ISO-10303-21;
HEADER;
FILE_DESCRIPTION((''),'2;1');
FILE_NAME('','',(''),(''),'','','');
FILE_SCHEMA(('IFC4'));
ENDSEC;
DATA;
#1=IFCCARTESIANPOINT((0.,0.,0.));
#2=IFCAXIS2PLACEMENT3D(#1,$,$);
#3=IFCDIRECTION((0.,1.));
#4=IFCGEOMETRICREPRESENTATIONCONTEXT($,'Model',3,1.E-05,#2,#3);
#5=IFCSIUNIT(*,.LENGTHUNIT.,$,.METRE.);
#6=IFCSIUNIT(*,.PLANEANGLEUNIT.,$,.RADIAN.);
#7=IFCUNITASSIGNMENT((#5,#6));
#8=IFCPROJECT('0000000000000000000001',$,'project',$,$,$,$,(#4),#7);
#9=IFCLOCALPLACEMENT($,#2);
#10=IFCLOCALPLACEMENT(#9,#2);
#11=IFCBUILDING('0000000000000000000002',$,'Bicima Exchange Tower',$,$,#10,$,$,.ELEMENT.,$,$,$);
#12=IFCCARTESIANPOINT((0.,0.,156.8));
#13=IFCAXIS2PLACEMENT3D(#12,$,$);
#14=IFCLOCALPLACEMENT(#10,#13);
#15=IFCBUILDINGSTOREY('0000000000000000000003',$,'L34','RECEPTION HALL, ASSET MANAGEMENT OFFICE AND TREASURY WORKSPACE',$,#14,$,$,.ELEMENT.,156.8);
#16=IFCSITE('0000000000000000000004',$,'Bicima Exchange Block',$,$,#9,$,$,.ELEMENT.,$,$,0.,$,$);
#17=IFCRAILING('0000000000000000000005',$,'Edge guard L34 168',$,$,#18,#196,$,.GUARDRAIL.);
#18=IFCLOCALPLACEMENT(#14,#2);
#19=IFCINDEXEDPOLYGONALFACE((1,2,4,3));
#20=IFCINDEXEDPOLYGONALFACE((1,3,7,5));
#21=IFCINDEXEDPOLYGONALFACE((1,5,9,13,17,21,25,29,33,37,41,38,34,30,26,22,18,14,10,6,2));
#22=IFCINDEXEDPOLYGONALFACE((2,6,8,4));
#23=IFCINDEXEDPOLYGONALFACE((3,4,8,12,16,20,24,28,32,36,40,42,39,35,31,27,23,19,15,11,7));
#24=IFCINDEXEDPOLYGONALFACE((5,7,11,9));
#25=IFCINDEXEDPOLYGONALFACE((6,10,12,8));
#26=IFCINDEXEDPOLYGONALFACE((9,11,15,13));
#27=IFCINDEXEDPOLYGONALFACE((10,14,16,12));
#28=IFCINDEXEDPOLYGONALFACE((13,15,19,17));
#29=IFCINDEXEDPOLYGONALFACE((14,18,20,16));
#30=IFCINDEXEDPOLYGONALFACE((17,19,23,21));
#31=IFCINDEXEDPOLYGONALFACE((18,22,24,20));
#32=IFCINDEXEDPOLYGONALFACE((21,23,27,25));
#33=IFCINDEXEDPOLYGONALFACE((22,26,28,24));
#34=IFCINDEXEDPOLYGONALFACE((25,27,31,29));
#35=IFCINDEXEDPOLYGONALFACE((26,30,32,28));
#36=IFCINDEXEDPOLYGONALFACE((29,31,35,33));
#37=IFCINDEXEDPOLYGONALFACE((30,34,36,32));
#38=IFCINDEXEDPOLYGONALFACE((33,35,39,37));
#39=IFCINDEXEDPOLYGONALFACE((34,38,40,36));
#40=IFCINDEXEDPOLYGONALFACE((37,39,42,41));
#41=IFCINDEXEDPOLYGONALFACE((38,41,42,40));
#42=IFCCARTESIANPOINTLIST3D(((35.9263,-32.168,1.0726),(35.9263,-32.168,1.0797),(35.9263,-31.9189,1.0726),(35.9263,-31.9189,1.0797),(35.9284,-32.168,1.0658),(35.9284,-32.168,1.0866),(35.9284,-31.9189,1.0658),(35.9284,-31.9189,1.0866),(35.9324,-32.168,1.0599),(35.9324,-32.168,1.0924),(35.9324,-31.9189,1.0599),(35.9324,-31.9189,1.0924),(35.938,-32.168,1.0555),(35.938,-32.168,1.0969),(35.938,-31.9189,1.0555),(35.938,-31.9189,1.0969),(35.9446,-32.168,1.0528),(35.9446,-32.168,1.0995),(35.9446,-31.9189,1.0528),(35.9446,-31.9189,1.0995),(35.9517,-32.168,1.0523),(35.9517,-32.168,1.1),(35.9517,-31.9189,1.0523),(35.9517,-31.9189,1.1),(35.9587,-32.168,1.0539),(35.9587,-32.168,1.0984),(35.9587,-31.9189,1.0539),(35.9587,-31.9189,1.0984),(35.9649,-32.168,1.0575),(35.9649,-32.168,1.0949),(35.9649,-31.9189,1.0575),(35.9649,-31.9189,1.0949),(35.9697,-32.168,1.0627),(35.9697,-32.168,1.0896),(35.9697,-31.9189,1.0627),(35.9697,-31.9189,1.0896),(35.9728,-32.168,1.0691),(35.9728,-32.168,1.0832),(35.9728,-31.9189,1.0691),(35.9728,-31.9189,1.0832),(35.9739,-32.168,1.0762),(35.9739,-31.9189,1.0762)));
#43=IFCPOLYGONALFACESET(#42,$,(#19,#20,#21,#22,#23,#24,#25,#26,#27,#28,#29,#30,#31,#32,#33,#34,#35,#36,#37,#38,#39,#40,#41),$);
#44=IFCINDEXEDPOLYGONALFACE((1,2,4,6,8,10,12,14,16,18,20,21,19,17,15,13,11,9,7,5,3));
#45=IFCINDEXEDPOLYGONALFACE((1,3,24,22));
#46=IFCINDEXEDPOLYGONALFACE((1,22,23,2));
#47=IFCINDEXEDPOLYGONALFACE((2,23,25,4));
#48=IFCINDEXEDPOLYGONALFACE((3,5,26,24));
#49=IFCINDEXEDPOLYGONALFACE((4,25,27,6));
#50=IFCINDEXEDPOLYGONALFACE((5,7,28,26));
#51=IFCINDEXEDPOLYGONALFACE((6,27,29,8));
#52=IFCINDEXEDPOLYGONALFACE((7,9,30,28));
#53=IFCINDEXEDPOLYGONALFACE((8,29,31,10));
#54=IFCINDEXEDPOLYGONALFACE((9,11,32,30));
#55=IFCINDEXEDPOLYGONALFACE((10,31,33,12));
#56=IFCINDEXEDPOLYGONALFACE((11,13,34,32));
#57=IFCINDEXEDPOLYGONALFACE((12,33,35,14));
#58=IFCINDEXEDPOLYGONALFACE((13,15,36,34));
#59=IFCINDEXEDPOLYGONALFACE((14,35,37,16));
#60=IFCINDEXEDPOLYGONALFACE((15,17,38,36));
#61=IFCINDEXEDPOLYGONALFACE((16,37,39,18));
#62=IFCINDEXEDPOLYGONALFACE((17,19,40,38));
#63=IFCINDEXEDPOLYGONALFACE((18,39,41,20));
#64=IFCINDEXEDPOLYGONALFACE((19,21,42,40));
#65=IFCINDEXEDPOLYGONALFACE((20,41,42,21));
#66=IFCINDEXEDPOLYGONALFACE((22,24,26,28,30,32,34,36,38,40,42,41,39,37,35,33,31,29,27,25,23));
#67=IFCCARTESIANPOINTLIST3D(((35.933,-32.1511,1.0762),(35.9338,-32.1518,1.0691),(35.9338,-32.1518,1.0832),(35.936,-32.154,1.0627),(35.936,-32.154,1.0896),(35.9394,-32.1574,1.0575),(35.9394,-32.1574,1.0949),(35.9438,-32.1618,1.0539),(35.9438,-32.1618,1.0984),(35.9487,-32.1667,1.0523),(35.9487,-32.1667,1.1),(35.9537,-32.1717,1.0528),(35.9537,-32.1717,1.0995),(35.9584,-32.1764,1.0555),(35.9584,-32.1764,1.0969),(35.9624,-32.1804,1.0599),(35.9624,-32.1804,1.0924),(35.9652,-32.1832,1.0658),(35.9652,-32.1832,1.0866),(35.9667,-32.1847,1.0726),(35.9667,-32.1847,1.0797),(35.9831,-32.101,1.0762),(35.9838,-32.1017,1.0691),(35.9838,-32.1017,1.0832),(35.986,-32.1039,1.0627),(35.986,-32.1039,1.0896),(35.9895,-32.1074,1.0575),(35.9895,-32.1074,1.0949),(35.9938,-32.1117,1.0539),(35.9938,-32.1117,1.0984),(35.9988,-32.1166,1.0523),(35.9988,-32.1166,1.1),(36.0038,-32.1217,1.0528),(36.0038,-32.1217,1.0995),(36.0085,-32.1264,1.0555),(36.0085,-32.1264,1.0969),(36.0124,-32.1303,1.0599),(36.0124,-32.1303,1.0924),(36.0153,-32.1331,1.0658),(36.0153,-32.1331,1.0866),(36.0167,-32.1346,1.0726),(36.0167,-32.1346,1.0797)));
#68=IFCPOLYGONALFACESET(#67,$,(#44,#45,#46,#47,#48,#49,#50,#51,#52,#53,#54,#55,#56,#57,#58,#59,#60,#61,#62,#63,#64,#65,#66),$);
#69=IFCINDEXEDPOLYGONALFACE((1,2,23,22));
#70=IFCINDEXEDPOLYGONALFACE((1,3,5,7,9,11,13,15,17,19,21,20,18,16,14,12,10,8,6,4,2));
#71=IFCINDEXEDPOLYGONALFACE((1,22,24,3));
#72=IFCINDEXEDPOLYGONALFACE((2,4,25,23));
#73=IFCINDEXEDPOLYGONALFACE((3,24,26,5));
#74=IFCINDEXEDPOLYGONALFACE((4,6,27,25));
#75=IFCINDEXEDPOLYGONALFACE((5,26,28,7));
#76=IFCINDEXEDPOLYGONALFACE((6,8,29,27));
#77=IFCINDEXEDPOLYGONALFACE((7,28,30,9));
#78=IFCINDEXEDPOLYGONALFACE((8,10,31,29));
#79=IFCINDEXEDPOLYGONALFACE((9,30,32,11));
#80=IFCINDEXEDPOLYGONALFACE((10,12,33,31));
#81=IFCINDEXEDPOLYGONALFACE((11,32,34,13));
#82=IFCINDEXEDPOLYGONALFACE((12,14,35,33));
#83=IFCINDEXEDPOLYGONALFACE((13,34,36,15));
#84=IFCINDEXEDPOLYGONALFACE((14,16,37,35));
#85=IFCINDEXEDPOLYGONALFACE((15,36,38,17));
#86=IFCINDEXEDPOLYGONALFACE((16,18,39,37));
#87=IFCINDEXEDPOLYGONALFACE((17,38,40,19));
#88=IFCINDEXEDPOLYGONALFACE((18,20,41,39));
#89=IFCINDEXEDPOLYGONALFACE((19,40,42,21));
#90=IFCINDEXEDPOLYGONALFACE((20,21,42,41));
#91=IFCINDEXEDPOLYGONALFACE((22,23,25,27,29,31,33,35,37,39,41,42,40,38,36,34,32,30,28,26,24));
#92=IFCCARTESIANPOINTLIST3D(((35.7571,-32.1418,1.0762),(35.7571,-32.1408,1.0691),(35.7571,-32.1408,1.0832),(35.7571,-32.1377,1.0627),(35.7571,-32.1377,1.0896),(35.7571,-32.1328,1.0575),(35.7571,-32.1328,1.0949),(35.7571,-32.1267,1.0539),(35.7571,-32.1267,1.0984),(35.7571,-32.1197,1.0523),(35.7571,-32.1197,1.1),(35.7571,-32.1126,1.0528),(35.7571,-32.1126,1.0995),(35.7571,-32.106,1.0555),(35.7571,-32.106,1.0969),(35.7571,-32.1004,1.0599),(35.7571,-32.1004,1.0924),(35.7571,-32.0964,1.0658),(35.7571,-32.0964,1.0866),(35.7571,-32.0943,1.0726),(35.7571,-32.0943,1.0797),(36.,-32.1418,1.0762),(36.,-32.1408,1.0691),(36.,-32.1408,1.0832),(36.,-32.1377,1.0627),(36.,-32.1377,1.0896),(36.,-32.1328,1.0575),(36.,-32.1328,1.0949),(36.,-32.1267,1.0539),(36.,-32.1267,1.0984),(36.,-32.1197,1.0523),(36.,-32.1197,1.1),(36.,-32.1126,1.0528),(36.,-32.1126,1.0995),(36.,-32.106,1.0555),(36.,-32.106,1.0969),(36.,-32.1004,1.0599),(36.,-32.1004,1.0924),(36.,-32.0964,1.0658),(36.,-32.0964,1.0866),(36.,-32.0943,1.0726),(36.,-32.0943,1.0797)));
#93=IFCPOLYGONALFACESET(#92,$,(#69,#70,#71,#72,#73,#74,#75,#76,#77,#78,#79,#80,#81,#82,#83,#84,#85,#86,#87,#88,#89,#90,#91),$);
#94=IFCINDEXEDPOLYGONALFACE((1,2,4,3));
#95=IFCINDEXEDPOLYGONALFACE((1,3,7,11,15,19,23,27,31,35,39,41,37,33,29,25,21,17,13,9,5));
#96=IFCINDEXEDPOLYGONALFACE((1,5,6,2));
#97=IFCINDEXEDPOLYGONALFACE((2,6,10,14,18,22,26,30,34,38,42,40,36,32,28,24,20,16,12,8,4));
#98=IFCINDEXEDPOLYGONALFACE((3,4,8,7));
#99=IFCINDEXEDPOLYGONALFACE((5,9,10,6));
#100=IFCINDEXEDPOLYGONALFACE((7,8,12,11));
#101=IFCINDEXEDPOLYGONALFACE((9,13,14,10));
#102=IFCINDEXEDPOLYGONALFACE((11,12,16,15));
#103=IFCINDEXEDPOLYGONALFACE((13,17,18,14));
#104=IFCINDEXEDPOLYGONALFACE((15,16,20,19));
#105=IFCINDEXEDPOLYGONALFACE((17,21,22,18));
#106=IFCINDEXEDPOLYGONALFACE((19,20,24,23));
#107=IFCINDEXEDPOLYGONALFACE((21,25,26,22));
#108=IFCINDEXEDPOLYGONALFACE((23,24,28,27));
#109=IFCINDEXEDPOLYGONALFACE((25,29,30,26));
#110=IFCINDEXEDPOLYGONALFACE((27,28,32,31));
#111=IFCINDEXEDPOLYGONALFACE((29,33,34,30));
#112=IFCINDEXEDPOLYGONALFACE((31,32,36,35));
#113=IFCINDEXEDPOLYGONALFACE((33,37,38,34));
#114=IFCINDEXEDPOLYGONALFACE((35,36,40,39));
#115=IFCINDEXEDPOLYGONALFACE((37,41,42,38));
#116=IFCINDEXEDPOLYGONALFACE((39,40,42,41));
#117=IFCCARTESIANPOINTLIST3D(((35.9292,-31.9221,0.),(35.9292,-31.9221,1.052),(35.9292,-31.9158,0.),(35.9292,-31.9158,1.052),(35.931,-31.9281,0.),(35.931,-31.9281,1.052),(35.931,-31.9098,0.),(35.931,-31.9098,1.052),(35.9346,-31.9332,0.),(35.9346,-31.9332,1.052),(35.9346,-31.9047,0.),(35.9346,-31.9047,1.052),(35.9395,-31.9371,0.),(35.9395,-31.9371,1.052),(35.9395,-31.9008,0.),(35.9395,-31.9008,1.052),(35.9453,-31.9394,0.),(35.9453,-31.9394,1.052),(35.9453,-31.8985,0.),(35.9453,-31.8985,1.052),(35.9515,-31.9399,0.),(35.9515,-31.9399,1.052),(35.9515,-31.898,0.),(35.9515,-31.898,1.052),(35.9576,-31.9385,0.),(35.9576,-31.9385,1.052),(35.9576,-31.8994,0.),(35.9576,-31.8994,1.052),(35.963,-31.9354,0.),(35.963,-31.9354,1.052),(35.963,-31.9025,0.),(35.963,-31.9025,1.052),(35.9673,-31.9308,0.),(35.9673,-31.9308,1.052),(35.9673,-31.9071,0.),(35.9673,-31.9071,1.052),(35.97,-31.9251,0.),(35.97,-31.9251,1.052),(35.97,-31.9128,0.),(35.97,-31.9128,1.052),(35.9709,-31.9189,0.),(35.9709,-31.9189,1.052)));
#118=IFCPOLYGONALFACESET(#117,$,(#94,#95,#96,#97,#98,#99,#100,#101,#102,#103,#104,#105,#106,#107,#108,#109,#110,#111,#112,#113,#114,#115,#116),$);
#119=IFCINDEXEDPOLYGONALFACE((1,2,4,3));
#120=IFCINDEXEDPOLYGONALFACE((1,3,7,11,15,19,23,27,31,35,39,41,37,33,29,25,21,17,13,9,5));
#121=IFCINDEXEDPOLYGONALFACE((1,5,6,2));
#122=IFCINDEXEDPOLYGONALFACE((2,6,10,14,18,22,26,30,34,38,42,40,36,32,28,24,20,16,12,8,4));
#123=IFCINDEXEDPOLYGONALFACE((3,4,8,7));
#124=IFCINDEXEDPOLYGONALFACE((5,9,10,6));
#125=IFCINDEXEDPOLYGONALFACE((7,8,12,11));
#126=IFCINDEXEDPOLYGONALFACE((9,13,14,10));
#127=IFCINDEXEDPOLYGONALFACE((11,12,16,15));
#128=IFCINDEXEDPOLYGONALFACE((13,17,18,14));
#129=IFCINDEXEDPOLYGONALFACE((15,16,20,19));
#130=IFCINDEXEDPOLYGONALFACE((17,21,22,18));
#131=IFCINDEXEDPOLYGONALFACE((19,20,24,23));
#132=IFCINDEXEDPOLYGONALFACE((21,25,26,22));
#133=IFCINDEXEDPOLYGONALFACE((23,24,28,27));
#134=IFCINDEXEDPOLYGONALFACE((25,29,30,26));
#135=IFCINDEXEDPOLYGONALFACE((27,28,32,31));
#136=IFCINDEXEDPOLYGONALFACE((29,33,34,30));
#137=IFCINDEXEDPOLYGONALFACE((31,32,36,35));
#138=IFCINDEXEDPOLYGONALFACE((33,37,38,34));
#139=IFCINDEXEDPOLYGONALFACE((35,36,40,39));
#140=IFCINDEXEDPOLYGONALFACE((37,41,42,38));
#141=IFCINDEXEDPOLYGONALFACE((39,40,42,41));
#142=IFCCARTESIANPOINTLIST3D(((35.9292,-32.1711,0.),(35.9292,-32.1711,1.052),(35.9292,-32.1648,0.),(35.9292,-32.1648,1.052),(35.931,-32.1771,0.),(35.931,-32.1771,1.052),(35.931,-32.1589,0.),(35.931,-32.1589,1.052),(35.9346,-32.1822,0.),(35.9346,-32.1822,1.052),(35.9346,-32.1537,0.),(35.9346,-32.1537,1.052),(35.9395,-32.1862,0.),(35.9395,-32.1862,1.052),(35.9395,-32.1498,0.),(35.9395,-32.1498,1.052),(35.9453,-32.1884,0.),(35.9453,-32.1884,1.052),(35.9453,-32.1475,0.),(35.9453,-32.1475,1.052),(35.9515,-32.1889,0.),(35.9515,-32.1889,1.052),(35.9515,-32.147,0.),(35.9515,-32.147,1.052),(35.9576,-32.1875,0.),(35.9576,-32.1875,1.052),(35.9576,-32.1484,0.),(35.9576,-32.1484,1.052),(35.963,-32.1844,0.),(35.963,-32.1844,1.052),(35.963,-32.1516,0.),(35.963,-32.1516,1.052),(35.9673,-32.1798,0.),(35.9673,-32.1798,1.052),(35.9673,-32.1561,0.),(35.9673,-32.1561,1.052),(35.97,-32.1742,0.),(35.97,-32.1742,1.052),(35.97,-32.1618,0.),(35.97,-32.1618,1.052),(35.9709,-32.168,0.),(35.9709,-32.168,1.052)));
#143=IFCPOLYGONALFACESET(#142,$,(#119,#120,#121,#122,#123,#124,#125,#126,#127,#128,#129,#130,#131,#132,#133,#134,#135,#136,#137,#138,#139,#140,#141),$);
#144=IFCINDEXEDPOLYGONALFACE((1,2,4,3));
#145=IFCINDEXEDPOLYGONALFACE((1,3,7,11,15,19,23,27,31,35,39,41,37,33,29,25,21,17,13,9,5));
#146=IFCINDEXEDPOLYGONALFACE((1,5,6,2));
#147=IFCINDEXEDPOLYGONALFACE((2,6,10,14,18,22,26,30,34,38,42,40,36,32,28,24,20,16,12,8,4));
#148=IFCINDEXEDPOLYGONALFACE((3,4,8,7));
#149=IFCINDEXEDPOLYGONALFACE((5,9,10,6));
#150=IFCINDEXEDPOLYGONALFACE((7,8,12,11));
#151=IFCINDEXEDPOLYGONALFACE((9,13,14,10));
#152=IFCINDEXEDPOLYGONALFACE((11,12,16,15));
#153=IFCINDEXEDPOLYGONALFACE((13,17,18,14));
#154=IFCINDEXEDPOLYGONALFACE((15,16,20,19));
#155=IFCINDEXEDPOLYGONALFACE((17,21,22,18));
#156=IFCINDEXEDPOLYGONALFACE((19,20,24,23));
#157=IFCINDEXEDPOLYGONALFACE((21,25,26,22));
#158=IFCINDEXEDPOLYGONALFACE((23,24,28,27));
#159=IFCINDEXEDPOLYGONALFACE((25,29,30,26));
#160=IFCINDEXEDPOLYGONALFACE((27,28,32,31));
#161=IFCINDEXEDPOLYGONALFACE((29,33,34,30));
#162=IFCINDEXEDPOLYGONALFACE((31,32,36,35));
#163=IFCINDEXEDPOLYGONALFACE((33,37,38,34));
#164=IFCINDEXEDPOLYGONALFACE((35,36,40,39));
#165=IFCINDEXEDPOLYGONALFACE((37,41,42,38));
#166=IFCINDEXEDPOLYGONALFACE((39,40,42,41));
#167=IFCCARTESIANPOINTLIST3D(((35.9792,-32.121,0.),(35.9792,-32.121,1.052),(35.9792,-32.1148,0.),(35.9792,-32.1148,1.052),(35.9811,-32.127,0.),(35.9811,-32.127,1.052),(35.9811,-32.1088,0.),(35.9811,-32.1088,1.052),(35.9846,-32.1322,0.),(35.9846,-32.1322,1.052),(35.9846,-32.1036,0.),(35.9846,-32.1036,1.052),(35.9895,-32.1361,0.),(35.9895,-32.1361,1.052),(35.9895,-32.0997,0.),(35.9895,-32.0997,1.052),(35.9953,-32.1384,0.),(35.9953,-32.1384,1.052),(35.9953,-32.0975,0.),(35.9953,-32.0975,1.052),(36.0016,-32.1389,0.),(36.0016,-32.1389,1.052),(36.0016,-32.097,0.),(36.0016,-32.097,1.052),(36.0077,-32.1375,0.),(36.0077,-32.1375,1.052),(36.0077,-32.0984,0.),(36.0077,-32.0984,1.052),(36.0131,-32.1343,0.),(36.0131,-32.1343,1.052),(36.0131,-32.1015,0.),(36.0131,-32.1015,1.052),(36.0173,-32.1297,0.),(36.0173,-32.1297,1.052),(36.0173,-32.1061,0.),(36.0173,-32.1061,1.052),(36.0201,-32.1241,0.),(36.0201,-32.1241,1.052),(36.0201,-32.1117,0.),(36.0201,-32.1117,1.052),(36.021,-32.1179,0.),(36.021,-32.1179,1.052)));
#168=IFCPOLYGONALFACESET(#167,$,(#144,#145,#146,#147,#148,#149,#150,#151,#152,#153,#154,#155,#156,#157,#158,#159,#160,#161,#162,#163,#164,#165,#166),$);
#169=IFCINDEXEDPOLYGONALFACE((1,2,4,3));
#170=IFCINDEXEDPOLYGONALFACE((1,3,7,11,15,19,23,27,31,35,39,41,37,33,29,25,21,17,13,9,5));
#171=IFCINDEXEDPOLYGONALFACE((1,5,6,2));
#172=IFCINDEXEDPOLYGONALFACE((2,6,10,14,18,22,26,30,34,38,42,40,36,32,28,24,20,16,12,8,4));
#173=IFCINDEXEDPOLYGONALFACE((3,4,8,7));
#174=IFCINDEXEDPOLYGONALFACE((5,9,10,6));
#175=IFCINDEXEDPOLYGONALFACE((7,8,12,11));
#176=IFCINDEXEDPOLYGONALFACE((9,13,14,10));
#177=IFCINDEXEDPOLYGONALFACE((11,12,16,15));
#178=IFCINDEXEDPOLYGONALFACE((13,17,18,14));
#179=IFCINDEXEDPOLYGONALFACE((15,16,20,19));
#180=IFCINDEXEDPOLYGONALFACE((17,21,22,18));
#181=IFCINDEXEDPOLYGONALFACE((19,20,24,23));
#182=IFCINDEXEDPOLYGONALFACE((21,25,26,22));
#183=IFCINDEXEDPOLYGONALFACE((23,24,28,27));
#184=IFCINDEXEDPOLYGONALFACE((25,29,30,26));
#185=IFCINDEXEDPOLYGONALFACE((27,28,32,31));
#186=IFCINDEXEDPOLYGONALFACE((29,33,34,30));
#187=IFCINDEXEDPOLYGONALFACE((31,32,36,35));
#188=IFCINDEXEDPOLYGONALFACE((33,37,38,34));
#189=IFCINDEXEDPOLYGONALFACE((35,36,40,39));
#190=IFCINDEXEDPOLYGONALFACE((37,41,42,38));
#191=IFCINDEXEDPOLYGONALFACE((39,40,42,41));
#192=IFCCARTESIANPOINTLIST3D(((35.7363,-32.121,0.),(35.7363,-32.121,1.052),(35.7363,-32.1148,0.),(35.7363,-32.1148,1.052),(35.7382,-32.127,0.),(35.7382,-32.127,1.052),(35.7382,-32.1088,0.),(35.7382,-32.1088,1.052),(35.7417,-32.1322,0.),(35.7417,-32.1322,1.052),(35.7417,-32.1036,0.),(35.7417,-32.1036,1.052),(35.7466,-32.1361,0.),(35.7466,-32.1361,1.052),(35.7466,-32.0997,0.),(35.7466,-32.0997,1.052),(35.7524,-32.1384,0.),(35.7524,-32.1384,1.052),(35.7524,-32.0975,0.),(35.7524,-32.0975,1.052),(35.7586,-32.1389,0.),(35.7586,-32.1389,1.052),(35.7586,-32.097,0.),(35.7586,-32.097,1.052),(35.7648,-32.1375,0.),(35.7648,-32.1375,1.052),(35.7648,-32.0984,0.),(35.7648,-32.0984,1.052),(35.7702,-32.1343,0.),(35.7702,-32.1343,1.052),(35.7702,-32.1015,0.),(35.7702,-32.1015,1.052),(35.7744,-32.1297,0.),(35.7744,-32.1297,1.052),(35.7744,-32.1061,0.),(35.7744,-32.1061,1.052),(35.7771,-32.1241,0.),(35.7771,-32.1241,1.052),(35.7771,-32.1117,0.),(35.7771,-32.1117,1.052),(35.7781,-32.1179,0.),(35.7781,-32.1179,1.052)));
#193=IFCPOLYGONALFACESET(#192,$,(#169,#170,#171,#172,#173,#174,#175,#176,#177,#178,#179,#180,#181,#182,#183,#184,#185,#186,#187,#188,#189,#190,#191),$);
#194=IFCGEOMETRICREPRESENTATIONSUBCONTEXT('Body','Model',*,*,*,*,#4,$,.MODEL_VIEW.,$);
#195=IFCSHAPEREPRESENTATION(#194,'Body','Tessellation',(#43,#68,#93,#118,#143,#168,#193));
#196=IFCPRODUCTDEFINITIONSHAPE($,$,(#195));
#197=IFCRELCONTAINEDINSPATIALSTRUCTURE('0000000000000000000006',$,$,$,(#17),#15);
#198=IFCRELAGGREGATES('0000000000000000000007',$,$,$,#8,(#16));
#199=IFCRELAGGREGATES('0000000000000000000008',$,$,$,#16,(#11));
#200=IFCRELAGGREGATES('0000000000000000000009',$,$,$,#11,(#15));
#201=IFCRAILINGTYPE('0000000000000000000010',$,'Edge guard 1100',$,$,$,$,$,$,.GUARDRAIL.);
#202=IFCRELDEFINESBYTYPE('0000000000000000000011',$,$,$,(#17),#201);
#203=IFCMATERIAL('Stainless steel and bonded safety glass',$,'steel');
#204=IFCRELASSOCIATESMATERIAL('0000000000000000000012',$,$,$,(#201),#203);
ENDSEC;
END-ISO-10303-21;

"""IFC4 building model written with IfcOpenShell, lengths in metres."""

from ifc_helpers import new_model, si_unit, direction, frame, origin, origin_2d, place, context, subcontext, project, spatial, circle, extrude, material, type_object, element, save


model = new_model("IFC4")

# Units and contexts
model_context = context("Model", 3, precision=1e-05, world=origin(), true_north=direction((0.0, 1.0)))
body_context = subcontext(model_context, "Body", "Model", "MODEL_VIEW")
ifc_project = project(units=[si_unit("LENGTHUNIT", "METRE"), si_unit("PLANEANGLEUNIT", "RADIAN")], contexts=[model_context])

# Site, building, storey
site_placement = place(None, origin())
site = spatial("IfcSite", under=ifc_project, at=site_placement, Name="Bicima Exchange Block", CompositionType="ELEMENT", RefElevation=0.0)
building_placement = place(site_placement, origin())
building = spatial("IfcBuilding", under=site, at=building_placement, Name="Bicima Exchange Tower", CompositionType="ELEMENT")
storey_placement = place(building_placement, frame((0.0, 0.0, 156.8)))
storey = spatial("IfcBuildingStorey", under=building, at=storey_placement, Name="L34", Description="RECEPTION HALL, ASSET MANAGEMENT OFFICE AND TREASURY WORKSPACE", CompositionType="ELEMENT", Elevation=156.8)

# Railing
ifc_material_1 = material(Name="Stainless steel and bonded safety glass", Category="steel")
railing_type = type_object("IfcRailingType", Name="Edge guard 1100", PredefinedType="GUARDRAIL", material=ifc_material_1)
railing_placement = place(storey_placement, frame((35.95, -31.9189, 0.0)))
element("IfcRailing", 1, at=railing_placement, inside=storey, type_object=railing_type, Name="Edge guard L34 168", PredefinedType="GUARDRAIL", context=body_context, shape_type="SweptSolid", body=[
    extrude(circle(Radius=0.0239, at=origin_2d()), frame((0.0, 0.0, 1.0762), z_axis=(0.0, -1.0, 0.0), x_axis=(1.0, 0.0, 0.0)), (0.0, 0.0, 1.0), 0.249),
    extrude(circle(Radius=0.0239, at=origin_2d()), frame((0.0, -0.249, 1.0762), z_axis=(0.707107, 0.707107, 0.0), x_axis=(-0.707107, 0.707107, 0.0)), (0.0, 0.0, 1.0), 0.0708),
    extrude(circle(Radius=0.0239, at=origin_2d()), frame((0.05, -0.199, 1.0762), z_axis=(-1.0, 0.0, 0.0), x_axis=(0.0, -1.0, 0.0)), (0.0, 0.0, 1.0), 0.2429),
    extrude(circle(Radius=0.021, at=origin_2d()), origin(), (0.0, 0.0, 1.0), 1.052),
    extrude(circle(Radius=0.021, at=origin_2d()), frame((0.0, -0.249, 0.0)), (0.0, 0.0, 1.0), 1.052),
    extrude(circle(Radius=0.021, at=origin_2d()), frame((0.05, -0.199, 0.0)), (0.0, 0.0, 1.0), 1.052),
    extrude(circle(Radius=0.021, at=origin_2d()), frame((-0.1929, -0.199, 0.0)), (0.0, 0.0, 1.0), 1.052),
])

save(model, "model.ifc")
